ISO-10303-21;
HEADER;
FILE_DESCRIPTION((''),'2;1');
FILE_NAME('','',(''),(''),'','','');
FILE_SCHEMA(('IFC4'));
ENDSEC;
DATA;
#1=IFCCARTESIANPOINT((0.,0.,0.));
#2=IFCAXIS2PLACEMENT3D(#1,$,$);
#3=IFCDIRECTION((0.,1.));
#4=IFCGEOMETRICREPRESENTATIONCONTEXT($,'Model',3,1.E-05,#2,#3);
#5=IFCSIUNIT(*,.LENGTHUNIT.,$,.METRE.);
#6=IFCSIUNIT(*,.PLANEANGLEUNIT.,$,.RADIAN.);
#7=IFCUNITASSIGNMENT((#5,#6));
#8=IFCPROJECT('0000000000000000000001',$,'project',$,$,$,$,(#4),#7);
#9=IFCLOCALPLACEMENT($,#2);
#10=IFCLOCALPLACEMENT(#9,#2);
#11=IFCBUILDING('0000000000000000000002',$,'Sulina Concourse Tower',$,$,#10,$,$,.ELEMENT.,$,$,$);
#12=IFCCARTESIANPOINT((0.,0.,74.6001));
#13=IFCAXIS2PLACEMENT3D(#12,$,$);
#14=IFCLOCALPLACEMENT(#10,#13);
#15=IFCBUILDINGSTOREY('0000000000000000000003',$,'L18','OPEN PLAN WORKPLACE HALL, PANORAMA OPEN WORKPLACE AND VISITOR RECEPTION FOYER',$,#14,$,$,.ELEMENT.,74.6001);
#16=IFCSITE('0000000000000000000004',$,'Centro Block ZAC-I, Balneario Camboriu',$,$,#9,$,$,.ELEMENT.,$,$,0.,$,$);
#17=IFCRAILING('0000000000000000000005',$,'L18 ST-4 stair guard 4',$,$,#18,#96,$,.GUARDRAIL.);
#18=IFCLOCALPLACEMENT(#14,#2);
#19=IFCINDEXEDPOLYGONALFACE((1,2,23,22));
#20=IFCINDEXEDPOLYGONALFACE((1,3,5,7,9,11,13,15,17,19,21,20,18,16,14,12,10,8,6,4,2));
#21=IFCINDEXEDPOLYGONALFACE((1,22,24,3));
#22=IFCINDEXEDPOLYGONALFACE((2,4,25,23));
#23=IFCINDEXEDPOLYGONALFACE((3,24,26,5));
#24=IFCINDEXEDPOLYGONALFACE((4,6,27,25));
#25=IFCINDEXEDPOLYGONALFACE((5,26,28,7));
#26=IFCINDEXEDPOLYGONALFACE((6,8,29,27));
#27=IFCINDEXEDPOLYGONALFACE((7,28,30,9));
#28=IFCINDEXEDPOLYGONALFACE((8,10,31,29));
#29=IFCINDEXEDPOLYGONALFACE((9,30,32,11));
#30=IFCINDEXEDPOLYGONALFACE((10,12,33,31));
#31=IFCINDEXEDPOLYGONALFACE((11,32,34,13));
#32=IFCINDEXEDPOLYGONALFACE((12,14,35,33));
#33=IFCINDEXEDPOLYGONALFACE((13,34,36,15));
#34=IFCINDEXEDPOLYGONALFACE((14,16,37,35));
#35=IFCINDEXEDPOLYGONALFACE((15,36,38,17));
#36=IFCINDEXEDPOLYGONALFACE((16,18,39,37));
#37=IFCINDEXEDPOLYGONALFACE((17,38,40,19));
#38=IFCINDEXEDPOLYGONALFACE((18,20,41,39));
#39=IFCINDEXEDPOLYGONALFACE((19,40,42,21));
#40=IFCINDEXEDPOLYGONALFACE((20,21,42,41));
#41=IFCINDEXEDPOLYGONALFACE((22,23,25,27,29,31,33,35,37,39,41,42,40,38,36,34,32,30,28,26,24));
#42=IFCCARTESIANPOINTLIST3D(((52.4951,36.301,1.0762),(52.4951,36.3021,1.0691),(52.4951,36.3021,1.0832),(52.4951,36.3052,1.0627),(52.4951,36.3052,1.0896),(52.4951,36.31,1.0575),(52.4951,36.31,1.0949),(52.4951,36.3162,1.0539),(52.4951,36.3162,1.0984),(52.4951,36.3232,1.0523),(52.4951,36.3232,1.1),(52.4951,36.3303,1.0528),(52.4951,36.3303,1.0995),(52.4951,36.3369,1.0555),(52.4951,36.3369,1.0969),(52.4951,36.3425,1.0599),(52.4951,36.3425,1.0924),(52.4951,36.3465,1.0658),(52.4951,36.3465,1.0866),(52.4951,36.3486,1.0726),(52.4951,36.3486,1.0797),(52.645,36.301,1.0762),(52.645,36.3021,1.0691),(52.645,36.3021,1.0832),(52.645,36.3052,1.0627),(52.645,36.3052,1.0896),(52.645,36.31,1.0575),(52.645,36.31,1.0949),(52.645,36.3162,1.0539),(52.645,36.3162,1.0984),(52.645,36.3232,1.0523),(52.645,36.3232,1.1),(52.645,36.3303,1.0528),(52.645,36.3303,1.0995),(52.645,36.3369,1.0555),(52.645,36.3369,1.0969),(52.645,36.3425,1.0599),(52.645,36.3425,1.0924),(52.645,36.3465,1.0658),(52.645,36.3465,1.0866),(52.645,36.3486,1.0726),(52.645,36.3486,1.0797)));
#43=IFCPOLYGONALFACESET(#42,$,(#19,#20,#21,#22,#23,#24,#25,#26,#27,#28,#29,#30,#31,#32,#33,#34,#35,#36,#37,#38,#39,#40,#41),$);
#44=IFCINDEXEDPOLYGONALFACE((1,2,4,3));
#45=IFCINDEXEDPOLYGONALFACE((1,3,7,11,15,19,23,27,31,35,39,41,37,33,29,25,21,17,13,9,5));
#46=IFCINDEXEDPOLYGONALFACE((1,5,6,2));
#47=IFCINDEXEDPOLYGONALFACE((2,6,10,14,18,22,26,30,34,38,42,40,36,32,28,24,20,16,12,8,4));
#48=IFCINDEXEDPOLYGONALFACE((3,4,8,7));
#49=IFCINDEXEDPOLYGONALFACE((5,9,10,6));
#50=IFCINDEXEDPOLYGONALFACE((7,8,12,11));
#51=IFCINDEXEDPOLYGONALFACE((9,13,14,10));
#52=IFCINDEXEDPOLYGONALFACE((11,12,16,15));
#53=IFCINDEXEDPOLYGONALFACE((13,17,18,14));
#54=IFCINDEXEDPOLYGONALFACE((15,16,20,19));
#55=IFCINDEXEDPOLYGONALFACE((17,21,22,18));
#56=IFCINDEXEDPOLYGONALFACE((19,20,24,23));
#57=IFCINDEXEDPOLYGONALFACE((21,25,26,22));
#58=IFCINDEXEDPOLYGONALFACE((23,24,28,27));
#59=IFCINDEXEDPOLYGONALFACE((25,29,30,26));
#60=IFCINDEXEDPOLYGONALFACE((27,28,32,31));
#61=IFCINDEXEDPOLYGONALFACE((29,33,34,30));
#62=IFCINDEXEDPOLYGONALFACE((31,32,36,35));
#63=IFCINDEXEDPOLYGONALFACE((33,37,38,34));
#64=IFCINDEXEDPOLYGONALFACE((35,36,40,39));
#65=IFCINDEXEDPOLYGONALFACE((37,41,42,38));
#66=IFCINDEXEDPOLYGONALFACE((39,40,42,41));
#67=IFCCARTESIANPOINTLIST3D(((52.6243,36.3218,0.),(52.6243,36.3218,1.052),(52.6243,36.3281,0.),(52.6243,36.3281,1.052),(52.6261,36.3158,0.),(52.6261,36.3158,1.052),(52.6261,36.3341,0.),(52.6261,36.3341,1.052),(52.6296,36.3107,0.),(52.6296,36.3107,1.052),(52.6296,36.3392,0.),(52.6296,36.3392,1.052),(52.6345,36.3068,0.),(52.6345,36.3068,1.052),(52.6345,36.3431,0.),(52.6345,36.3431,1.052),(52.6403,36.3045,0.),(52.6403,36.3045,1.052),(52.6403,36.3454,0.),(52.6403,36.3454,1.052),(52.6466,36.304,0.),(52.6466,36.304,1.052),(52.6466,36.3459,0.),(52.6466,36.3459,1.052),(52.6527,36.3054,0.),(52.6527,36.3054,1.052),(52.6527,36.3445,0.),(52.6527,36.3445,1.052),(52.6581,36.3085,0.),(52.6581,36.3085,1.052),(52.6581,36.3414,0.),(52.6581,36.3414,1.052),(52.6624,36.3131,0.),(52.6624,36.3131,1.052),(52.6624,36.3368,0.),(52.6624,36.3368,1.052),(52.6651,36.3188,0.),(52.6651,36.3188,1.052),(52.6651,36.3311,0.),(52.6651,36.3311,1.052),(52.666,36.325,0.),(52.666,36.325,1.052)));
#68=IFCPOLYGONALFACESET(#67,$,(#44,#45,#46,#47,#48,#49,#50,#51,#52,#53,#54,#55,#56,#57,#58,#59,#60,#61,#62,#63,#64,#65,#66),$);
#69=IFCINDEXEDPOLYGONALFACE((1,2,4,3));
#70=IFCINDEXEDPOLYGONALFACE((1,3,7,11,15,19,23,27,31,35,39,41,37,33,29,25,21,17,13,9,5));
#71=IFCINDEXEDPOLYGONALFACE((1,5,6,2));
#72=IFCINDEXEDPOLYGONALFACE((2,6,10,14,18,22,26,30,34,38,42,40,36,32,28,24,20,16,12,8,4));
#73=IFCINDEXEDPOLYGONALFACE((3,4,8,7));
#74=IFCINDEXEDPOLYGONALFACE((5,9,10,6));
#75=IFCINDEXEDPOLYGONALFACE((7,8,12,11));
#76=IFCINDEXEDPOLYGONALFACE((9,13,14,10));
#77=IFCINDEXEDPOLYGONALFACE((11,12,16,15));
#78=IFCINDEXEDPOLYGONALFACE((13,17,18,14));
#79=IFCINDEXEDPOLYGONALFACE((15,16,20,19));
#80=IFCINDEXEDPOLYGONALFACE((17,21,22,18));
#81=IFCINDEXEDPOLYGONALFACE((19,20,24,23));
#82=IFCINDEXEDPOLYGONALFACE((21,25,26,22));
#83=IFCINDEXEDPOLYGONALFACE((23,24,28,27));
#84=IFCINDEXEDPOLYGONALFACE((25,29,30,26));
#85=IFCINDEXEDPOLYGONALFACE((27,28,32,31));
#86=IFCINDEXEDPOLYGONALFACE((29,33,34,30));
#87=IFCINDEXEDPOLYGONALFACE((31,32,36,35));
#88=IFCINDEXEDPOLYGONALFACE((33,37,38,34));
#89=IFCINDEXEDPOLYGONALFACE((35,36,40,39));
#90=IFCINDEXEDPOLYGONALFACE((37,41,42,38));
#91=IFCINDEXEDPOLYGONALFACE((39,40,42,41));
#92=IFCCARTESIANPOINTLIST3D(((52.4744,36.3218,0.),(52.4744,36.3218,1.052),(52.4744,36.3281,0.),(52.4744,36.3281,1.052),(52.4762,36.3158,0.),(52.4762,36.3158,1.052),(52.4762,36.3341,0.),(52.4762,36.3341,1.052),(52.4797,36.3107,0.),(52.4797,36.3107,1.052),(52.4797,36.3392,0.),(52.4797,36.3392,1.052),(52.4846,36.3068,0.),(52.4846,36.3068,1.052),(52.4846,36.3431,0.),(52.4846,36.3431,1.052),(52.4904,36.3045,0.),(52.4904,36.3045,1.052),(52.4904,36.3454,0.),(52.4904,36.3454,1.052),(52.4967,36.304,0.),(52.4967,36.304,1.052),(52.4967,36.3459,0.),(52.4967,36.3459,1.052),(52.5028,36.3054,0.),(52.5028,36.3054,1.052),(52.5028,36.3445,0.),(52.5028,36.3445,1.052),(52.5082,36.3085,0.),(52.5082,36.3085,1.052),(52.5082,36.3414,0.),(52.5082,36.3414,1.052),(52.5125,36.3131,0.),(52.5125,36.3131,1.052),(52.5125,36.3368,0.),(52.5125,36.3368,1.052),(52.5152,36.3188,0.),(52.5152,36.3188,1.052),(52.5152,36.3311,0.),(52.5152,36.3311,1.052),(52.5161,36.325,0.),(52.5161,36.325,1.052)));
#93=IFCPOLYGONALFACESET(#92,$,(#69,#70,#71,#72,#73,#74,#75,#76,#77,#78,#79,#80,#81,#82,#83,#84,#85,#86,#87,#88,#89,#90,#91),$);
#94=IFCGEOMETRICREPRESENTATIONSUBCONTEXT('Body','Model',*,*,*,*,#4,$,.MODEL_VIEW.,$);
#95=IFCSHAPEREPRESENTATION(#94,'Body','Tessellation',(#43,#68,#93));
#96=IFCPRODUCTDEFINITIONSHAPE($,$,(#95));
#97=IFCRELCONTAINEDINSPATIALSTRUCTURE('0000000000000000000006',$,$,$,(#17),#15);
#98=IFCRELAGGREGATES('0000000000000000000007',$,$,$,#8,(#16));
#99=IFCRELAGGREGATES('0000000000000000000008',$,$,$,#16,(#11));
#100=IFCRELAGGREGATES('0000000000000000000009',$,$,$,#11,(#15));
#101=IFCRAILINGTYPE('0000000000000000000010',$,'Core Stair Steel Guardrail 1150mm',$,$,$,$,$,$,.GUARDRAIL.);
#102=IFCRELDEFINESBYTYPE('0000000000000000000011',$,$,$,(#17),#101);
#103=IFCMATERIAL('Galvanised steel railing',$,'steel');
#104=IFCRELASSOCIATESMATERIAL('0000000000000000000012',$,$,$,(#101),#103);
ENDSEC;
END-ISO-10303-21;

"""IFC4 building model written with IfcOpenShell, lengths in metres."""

from ifc_helpers import new_model, si_unit, direction, frame, origin, origin_2d, place, context, subcontext, project, spatial, circle, extrude, material, type_object, element, save


model = new_model("IFC4")

# Units and contexts
model_context = context("Model", 3, precision=1e-05, world=origin(), true_north=direction((0.0, 1.0)))
body_context = subcontext(model_context, "Body", "Model", "MODEL_VIEW")
ifc_project = project(units=[si_unit("LENGTHUNIT", "METRE"), si_unit("PLANEANGLEUNIT", "RADIAN")], contexts=[model_context])

# Site, building, storey
site_placement = place(None, origin())
site = spatial("IfcSite", under=ifc_project, at=site_placement, Name="Centro Block ZAC-I, Balneario Camboriu", CompositionType="ELEMENT", RefElevation=0.0)
building_placement = place(site_placement, origin())
building = spatial("IfcBuilding", under=site, at=building_placement, Name="Sulina Concourse Tower", CompositionType="ELEMENT")
storey_placement = place(building_placement, frame((0.0, 0.0, 74.6001)))
storey = spatial("IfcBuildingStorey", under=building, at=storey_placement, Name="L18", Description="OPEN PLAN WORKPLACE HALL, PANORAMA OPEN WORKPLACE AND VISITOR RECEPTION FOYER", CompositionType="ELEMENT", Elevation=74.6001)

# Railing
ifc_material_1 = material(Name="Galvanised steel railing", Category="steel")
railing_type_1 = type_object("IfcRailingType", Name="Core Stair Steel Guardrail 1150mm", PredefinedType="GUARDRAIL", material=ifc_material_1)
railing_1_placement = place(storey_placement, frame((52.645, 36.325, 0.0)))
element("IfcRailing", 1, at=railing_1_placement, inside=storey, type_object=railing_type_1, Name="L18 ST-4 stair guard 4", PredefinedType="GUARDRAIL", context=body_context, shape_type="SweptSolid", body=[
    extrude(circle(Radius=0.0239, at=origin_2d()), frame((0.0, 0.0, 1.0762), z_axis=(-1.0, 0.0, 0.0), x_axis=(0.0, -1.0, 0.0)), (0.0, 0.0, 1.0), 0.1499),
    extrude(circle(Radius=0.021, at=origin_2d()), origin(), (0.0, 0.0, 1.0), 1.052),
    extrude(circle(Radius=0.021, at=origin_2d()), frame((-0.1499, 0.0, 0.0)), (0.0, 0.0, 1.0), 1.052),
])

save(model, "model.ifc")
